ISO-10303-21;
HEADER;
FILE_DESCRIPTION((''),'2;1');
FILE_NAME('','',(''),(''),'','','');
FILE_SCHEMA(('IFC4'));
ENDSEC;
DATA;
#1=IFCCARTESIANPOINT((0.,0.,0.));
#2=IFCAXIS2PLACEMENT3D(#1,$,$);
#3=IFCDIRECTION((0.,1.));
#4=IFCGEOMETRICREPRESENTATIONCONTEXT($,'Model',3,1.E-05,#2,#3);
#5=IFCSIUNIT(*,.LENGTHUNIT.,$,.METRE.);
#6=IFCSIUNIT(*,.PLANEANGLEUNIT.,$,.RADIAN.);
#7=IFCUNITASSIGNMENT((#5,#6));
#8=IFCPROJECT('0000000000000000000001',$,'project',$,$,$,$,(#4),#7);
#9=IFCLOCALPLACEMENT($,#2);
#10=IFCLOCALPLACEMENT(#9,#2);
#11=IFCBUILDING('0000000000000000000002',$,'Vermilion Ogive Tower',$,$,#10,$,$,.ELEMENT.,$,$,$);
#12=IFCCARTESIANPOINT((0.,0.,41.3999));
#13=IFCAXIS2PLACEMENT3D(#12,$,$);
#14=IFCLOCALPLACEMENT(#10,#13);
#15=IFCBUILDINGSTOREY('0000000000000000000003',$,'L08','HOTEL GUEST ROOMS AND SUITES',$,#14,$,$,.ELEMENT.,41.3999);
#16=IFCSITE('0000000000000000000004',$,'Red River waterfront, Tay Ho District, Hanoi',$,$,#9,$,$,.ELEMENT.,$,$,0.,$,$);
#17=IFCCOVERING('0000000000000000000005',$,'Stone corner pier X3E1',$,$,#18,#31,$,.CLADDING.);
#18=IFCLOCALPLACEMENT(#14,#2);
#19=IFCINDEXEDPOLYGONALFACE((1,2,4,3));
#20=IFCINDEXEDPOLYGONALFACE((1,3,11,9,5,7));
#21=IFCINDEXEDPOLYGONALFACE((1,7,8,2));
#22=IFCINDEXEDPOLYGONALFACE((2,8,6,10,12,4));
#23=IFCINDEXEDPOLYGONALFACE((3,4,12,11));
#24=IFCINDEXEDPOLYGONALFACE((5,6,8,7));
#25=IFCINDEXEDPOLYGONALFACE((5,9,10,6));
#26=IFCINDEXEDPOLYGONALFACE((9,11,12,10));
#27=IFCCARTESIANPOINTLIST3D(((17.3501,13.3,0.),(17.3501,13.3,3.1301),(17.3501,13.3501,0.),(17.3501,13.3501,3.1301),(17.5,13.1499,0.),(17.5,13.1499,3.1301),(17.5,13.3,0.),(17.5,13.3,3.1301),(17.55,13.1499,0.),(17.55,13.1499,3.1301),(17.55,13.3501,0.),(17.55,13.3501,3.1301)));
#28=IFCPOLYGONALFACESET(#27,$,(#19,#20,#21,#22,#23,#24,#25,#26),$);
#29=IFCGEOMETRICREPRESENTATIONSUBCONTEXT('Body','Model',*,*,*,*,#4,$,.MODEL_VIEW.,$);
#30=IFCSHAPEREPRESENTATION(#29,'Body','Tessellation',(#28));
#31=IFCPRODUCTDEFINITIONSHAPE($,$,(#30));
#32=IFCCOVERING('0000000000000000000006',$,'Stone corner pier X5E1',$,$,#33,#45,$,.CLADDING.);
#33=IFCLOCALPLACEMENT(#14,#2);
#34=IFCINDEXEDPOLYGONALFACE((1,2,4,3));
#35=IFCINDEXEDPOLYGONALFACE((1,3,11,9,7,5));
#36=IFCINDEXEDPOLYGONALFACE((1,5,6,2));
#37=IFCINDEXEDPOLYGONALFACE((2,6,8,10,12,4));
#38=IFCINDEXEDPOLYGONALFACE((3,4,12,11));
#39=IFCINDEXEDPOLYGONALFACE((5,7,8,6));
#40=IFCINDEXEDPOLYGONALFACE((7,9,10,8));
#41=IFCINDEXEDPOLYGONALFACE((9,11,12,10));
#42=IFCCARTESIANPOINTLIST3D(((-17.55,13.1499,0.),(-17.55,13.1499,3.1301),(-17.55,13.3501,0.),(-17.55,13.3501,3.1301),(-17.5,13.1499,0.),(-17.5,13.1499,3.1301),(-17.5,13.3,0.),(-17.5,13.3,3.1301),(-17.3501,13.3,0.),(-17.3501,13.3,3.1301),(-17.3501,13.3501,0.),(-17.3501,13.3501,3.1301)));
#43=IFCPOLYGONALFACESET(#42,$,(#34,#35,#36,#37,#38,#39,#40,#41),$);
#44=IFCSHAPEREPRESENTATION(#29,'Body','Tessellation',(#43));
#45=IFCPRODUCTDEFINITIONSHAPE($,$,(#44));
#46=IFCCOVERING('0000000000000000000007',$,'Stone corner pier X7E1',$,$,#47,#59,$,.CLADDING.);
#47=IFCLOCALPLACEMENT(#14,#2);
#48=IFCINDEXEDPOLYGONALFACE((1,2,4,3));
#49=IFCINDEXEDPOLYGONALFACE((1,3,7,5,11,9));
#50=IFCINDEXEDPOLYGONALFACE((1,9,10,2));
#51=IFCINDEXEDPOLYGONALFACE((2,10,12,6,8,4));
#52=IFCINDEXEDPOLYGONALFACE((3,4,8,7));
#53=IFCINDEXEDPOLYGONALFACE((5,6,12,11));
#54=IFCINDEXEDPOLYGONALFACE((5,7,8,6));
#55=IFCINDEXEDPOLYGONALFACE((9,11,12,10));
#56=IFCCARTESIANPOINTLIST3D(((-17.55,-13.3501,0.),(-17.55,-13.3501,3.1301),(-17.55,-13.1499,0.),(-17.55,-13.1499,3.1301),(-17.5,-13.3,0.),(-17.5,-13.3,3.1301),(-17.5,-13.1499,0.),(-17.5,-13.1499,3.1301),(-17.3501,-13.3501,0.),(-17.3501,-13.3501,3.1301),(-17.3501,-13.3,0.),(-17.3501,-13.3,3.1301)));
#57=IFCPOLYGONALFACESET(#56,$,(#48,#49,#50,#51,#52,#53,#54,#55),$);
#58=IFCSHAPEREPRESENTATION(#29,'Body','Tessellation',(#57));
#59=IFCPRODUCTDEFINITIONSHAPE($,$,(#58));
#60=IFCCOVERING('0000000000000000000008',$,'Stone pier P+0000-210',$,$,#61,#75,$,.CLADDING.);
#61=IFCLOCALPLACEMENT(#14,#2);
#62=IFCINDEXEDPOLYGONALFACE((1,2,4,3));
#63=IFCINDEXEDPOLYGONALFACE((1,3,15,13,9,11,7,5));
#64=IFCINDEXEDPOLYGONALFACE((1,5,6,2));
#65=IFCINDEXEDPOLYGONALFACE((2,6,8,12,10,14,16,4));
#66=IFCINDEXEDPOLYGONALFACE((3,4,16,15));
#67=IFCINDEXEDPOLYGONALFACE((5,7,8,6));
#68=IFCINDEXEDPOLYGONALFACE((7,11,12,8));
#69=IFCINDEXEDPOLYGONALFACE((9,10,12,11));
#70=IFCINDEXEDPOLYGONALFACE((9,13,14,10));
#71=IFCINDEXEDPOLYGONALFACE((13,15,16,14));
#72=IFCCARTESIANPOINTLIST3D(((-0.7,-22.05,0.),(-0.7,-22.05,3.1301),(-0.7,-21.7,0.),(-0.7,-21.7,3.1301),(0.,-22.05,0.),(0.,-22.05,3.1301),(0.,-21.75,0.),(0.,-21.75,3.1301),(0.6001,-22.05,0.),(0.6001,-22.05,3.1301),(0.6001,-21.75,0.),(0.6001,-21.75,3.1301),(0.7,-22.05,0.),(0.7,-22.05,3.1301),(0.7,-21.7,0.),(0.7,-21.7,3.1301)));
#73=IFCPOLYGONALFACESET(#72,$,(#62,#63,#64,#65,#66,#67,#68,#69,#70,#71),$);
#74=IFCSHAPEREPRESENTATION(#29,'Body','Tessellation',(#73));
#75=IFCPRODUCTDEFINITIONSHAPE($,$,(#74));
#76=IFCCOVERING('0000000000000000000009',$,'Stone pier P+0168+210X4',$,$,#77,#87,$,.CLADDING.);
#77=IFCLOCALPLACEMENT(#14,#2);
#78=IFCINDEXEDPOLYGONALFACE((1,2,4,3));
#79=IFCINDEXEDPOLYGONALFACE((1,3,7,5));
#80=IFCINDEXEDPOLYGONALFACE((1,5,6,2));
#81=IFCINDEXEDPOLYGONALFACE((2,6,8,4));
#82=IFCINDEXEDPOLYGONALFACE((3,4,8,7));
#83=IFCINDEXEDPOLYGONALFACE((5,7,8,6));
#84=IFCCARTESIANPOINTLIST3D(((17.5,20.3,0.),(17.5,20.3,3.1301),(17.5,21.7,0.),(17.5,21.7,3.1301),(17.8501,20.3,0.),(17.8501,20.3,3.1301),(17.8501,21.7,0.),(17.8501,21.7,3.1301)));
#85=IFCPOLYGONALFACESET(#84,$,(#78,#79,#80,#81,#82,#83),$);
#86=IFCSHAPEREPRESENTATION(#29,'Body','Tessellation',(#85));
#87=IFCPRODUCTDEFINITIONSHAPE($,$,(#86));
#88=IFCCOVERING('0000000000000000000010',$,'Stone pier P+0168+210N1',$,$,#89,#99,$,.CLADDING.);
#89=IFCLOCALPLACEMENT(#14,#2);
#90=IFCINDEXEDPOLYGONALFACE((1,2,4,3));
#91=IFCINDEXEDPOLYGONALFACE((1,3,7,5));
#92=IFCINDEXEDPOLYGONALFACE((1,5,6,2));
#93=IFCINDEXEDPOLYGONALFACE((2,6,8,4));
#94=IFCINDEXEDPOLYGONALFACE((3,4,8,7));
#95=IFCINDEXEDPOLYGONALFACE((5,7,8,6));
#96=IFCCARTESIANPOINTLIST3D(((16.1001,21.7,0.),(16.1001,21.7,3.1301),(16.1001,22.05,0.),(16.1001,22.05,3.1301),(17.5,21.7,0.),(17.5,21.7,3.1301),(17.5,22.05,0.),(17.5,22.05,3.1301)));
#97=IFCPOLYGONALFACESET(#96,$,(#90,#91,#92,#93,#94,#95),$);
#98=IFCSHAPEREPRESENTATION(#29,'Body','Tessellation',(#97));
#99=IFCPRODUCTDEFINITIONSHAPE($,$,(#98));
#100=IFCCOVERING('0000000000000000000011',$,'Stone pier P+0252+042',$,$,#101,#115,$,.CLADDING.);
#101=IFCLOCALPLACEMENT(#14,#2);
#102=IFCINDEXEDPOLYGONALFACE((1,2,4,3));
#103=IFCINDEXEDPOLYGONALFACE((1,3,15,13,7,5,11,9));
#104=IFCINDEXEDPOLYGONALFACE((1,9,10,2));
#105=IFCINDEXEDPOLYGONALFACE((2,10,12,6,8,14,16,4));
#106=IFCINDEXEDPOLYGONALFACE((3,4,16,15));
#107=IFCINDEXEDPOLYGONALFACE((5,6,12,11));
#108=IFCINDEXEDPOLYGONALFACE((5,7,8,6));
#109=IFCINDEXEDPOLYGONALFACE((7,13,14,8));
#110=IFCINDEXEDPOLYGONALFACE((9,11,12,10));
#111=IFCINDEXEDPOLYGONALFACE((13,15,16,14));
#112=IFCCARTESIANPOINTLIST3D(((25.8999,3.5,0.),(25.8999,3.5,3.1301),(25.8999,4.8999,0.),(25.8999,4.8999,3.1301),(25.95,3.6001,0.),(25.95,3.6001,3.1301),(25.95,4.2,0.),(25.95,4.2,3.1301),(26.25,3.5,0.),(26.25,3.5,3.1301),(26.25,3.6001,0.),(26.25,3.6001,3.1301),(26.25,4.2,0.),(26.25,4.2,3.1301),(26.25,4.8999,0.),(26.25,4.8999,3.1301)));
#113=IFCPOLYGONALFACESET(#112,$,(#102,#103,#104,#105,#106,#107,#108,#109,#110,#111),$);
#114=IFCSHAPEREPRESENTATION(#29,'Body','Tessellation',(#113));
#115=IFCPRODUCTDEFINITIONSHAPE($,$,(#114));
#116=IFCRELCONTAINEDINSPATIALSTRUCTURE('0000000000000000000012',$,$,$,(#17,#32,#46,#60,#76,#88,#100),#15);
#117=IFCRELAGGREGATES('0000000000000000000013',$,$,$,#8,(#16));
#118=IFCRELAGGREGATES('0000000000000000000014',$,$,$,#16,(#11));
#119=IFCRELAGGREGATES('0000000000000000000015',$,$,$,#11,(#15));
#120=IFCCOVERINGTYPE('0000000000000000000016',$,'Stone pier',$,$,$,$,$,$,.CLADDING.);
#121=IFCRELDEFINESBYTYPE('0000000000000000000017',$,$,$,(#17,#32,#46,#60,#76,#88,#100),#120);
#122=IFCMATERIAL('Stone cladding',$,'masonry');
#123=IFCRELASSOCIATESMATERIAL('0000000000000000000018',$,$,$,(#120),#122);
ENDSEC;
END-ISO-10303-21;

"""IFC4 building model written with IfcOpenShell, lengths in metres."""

from ifc_helpers import new_model, si_unit, direction, frame, origin, place, context, subcontext, project, spatial, polyline, outline, extrude, material, type_object, element, save


model = new_model("IFC4")

# Units and contexts
model_context = context("Model", 3, precision=1e-05, world=origin(), true_north=direction((0.0, 1.0)))
body_context = subcontext(model_context, "Body", "Model", "MODEL_VIEW")
ifc_project = project(units=[si_unit("LENGTHUNIT", "METRE"), si_unit("PLANEANGLEUNIT", "RADIAN")], contexts=[model_context])

# Site, building, storey
site_placement = place(None, origin())
site = spatial("IfcSite", under=ifc_project, at=site_placement, Name="Red River waterfront, Tay Ho District, Hanoi", CompositionType="ELEMENT", RefElevation=0.0)
building_placement = place(site_placement, origin())
building = spatial("IfcBuilding", under=site, at=building_placement, Name="Vermilion Ogive Tower", CompositionType="ELEMENT")
storey_placement = place(building_placement, frame((0.0, 0.0, 41.3999)))
storey = spatial("IfcBuildingStorey", under=building, at=storey_placement, Name="L08", Description="HOTEL GUEST ROOMS AND SUITES", CompositionType="ELEMENT", Elevation=41.3999)

# Coverings
ifc_material_1 = material(Name="Stone cladding", Category="masonry")
covering_type_1 = type_object("IfcCoveringType", Name="Stone pier", PredefinedType="CLADDING", material=ifc_material_1)
covering_1_placement = place(storey_placement, origin())
element("IfcCovering", 1, at=covering_1_placement, inside=storey, type_object=covering_type_1, Name="Stone corner pier X3E1", PredefinedType="CLADDING", context=body_context, shape_type="SweptSolid", body=[
    extrude(outline(polyline([(17.5, 13.1499), (17.5, 13.3), (17.3501, 13.3), (17.3501, 13.3501), (17.55, 13.3501), (17.55, 13.1499), (17.5, 13.1499)])), origin(), (0.0, 0.0, 1.0), 3.1301),
])
covering_2_placement = place(storey_placement, origin())
element("IfcCovering", 2, at=covering_2_placement, inside=storey, type_object=covering_type_1, Name="Stone corner pier X5E1", PredefinedType="CLADDING", context=body_context, shape_type="SweptSolid", body=[
    extrude(outline(polyline([(-17.3501, 13.3), (-17.5, 13.3), (-17.5, 13.1499), (-17.55, 13.1499), (-17.55, 13.3501), (-17.3501, 13.3501), (-17.3501, 13.3)])), origin(), (0.0, 0.0, 1.0), 3.1301),
])
covering_3_placement = place(storey_placement, origin())
element("IfcCovering", 3, at=covering_3_placement, inside=storey, type_object=covering_type_1, Name="Stone corner pier X7E1", PredefinedType="CLADDING", context=body_context, shape_type="SweptSolid", body=[
    extrude(outline(polyline([(-17.5, -13.1499), (-17.5, -13.3), (-17.3501, -13.3), (-17.3501, -13.3501), (-17.55, -13.3501), (-17.55, -13.1499), (-17.5, -13.1499)])), origin(), (0.0, 0.0, 1.0), 3.1301),
])
covering_4_placement = place(storey_placement, origin())
element("IfcCovering", 4, at=covering_4_placement, inside=storey, type_object=covering_type_1, Name="Stone pier P+0000-210", PredefinedType="CLADDING", context=body_context, shape_type="SweptSolid", body=[
    extrude(outline(polyline([(0.7, -22.05), (0.6001, -22.05), (0.6001, -21.75), (0.0, -21.75), (0.0, -22.05), (-0.7, -22.05), (-0.7, -21.7), (0.7, -21.7), (0.7, -22.05)])), origin(), (0.0, 0.0, 1.0), 3.1301),
])
covering_5_placement = place(storey_placement, origin())
element("IfcCovering", 5, at=covering_5_placement, inside=storey, type_object=covering_type_1, Name="Stone pier P+0168+210X4", PredefinedType="CLADDING", context=body_context, shape_type="SweptSolid", body=[
    extrude(outline(polyline([(17.8501, 21.7), (17.8501, 20.3), (17.5, 20.3), (17.5, 21.7), (17.8501, 21.7)])), origin(), (0.0, 0.0, 1.0), 3.1301),
])
covering_6_placement = place(storey_placement, origin())
element("IfcCovering", 6, at=covering_6_placement, inside=storey, type_object=covering_type_1, Name="Stone pier P+0168+210N1", PredefinedType="CLADDING", context=body_context, shape_type="SweptSolid", body=[
    extrude(outline(polyline([(17.5, 22.05), (17.5, 21.7), (16.1001, 21.7), (16.1001, 22.05), (17.5, 22.05)])), origin(), (0.0, 0.0, 1.0), 3.1301),
])
covering_7_placement = place(storey_placement, origin())
element("IfcCovering", 7, at=covering_7_placement, inside=storey, type_object=covering_type_1, Name="Stone pier P+0252+042", PredefinedType="CLADDING", context=body_context, shape_type="SweptSolid", body=[
    extrude(outline(polyline([(26.25, 4.8999), (26.25, 4.2), (25.95, 4.2), (25.95, 3.6001), (26.25, 3.6001), (26.25, 3.5), (25.8999, 3.5), (25.8999, 4.8999), (26.25, 4.8999)])), origin(), (0.0, 0.0, 1.0), 3.1301),
])

save(model, "model.ifc")
